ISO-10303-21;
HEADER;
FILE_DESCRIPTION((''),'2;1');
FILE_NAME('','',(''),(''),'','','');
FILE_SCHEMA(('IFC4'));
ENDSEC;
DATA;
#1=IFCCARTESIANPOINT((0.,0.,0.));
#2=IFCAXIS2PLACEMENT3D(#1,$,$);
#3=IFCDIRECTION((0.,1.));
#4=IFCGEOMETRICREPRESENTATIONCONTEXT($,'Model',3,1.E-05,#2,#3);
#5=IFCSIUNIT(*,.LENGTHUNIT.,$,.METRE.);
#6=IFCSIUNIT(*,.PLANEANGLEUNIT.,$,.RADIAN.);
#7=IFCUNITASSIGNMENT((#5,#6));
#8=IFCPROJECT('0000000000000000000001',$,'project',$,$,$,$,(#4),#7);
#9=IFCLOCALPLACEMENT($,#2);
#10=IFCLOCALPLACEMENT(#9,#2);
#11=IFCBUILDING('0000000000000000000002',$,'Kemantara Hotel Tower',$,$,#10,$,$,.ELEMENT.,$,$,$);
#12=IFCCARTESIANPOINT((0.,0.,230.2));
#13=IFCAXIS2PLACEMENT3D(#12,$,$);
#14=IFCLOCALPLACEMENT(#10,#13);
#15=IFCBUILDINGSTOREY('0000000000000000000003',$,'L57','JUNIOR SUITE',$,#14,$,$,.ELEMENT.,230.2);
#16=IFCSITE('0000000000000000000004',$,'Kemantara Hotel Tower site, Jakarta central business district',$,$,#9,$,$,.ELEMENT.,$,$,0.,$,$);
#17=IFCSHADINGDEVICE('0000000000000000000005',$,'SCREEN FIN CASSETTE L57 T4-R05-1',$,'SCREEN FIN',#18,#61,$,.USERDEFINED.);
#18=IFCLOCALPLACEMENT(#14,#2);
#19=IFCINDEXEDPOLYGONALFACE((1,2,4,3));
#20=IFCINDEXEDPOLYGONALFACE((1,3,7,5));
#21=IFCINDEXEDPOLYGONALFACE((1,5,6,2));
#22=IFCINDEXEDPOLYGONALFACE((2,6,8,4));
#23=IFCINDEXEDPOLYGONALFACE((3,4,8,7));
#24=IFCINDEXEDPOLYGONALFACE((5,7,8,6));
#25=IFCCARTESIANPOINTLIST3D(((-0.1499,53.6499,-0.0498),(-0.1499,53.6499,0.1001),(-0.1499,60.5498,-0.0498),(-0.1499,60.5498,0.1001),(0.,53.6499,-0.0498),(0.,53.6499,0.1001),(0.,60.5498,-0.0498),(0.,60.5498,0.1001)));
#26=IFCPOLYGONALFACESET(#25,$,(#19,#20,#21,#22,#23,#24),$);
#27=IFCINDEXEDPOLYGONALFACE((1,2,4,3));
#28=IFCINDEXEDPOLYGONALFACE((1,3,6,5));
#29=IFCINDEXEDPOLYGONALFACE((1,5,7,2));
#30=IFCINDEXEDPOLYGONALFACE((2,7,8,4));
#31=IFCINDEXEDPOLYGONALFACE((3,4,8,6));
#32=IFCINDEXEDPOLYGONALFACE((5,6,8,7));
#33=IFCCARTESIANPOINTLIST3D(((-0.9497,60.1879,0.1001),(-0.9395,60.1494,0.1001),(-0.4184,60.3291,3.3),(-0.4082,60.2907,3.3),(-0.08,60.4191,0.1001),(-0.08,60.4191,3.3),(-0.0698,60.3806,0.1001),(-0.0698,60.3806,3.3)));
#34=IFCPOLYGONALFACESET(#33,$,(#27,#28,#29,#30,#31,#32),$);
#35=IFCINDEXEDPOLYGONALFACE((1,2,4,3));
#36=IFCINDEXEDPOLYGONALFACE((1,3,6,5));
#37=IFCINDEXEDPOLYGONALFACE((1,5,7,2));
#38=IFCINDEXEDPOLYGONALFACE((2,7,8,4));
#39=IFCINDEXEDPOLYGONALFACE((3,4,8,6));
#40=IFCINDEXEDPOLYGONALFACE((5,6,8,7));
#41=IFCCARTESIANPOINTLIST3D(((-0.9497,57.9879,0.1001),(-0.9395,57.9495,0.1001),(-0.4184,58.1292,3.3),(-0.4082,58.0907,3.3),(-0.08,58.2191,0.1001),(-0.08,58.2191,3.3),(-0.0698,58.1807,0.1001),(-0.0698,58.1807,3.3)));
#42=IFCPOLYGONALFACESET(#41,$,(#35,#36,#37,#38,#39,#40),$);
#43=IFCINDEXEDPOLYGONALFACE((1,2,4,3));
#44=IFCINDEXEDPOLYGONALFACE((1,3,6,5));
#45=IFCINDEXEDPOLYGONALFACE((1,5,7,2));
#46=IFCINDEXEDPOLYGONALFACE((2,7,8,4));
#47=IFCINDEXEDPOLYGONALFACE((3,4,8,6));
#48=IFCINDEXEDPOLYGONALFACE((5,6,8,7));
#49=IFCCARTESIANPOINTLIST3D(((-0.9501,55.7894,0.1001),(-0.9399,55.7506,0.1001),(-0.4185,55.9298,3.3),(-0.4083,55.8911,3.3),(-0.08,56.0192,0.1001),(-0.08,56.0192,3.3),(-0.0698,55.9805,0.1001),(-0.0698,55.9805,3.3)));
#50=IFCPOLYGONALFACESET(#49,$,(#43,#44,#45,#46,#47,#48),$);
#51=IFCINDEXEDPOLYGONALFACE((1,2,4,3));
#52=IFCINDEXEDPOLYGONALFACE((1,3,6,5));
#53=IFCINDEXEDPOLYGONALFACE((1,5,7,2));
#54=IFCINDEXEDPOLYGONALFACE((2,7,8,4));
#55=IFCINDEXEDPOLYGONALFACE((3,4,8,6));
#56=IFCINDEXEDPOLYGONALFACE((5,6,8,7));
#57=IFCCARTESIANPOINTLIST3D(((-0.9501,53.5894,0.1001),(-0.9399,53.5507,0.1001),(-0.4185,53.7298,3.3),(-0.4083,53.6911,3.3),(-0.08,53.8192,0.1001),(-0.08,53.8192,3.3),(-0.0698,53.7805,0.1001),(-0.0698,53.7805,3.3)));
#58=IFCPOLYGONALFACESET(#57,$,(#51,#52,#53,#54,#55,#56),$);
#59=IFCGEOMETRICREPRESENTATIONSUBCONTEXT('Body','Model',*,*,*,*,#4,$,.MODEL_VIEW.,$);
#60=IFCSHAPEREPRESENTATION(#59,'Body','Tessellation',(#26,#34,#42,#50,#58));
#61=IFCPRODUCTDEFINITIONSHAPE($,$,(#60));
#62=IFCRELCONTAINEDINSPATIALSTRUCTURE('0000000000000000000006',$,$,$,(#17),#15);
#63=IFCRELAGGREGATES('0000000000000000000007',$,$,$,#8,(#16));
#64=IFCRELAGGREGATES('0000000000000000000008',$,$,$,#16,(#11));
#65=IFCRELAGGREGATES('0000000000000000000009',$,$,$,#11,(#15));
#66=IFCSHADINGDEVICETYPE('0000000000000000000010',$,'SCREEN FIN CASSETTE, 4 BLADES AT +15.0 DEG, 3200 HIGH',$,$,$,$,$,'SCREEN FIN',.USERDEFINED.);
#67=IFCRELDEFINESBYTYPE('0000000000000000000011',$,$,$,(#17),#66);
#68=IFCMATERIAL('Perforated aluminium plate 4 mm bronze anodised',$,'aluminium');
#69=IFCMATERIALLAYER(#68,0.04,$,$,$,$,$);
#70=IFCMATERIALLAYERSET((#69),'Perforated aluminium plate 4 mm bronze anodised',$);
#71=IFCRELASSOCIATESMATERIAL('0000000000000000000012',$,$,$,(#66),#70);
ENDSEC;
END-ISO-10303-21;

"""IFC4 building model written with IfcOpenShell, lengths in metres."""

from ifc_helpers import new_model, si_unit, direction, frame, origin, origin_2d, place, context, subcontext, project, spatial, polyline, rectangle, outline, extrude, source, transform, mapped, material, layer, layer_set, type_object, element, save


model = new_model("IFC4")

# Units and contexts
model_context = context("Model", 3, precision=1e-05, world=origin(), true_north=direction((0.0, 1.0)))
body_context = subcontext(model_context, "Body", "Model", "MODEL_VIEW")
ifc_project = project(units=[si_unit("LENGTHUNIT", "METRE"), si_unit("PLANEANGLEUNIT", "RADIAN")], contexts=[model_context])

# Site, building, storey
site_placement = place(None, origin())
site = spatial("IfcSite", under=ifc_project, at=site_placement, Name="Kemantara Hotel Tower site, Jakarta central business district", CompositionType="ELEMENT", RefElevation=0.0)
building_placement = place(site_placement, origin())
building = spatial("IfcBuilding", under=site, at=building_placement, Name="Kemantara Hotel Tower", CompositionType="ELEMENT")
storey_placement = place(building_placement, frame((0.0, 0.0, 230.2)))
storey = spatial("IfcBuildingStorey", under=building, at=storey_placement, Name="L57", Description="JUNIOR SUITE", CompositionType="ELEMENT", Elevation=230.2)

# Shading device
ifc_material_1 = material(Name="Perforated aluminium plate 4 mm bronze anodised", Category="aluminium")
ifc_layer_1 = layer(ifc_material_1, 0.04)
ifc_layer_set_1 = layer_set([ifc_layer_1], Name="Perforated aluminium plate 4 mm bronze anodised")
shading_device_type_1 = type_object("IfcShadingDeviceType", Name="SCREEN FIN CASSETTE, 4 BLADES AT +15.0 DEG, 3200 HIGH", ElementType="SCREEN FIN", PredefinedType="USERDEFINED", material=ifc_layer_set_1)
shared_shape_1 = source(origin(), body_context, "Body", "SweptSolid", [
    extrude(rectangle(XDim=6.8999, YDim=0.1499, at=origin_2d()), frame((3.3, -0.075, -0.1499), z_axis=(0.0, 0.0, 1.0), x_axis=(1.0, 0.0, 0.0)), (0.0, 0.0, 1.0), 0.1499),
    extrude(outline(polyline([(0.0, 0.0), (0.8999, 0.0), (0.3501, 3.2), (0.0, 3.2), (0.0, 0.0)])), frame((0.0193, -0.0698, 0.0), z_axis=(-0.966438, -0.256901, 0.0), x_axis=(0.256901, -0.966438, 0.0)), (0.0, 0.0, 1.0), 0.0398),
    extrude(outline(polyline([(0.0, 0.0), (0.8999, 0.0), (0.3501, 3.2), (0.0, 3.2), (0.0, 0.0)])), frame((2.2192, -0.0698, 0.0), z_axis=(-0.966438, -0.256901, 0.0), x_axis=(0.256901, -0.966438, 0.0)), (0.0, 0.0, 1.0), 0.0398),
    extrude(outline(polyline([(0.0, 0.0), (0.8999, 0.0), (0.3501, 3.2), (0.0, 3.2), (0.0, 0.0)])), frame((4.4194, -0.0698, 0.0), z_axis=(-0.966838, -0.255391, 0.0), x_axis=(0.255391, -0.966838, 0.0)), (0.0, 0.0, 1.0), 0.04),
    extrude(outline(polyline([(0.0, 0.0), (0.8999, 0.0), (0.3501, 3.2), (0.0, 3.2), (0.0, 0.0)])), frame((6.6194, -0.0698, 0.0), z_axis=(-0.966838, -0.255391, 0.0), x_axis=(0.255391, -0.966838, 0.0)), (0.0, 0.0, 1.0), 0.04),
])
shading_device_1_placement = place(storey_placement, frame((0.0, 60.3999, 0.1001), z_axis=(0.0, 0.0, 1.0), x_axis=(0.0, -1.0, 0.0)))
element("IfcShadingDevice", 1, at=shading_device_1_placement, inside=storey, type_object=shading_device_type_1, Name="SCREEN FIN CASSETTE L57 T4-R05-1", ObjectType="SCREEN FIN", PredefinedType="USERDEFINED", context=body_context, shape_type="MappedRepresentation", body=[
    mapped(shared_shape_1, transform((0.0, 0.0, 0.0))),
])

save(model, "model.ifc")
